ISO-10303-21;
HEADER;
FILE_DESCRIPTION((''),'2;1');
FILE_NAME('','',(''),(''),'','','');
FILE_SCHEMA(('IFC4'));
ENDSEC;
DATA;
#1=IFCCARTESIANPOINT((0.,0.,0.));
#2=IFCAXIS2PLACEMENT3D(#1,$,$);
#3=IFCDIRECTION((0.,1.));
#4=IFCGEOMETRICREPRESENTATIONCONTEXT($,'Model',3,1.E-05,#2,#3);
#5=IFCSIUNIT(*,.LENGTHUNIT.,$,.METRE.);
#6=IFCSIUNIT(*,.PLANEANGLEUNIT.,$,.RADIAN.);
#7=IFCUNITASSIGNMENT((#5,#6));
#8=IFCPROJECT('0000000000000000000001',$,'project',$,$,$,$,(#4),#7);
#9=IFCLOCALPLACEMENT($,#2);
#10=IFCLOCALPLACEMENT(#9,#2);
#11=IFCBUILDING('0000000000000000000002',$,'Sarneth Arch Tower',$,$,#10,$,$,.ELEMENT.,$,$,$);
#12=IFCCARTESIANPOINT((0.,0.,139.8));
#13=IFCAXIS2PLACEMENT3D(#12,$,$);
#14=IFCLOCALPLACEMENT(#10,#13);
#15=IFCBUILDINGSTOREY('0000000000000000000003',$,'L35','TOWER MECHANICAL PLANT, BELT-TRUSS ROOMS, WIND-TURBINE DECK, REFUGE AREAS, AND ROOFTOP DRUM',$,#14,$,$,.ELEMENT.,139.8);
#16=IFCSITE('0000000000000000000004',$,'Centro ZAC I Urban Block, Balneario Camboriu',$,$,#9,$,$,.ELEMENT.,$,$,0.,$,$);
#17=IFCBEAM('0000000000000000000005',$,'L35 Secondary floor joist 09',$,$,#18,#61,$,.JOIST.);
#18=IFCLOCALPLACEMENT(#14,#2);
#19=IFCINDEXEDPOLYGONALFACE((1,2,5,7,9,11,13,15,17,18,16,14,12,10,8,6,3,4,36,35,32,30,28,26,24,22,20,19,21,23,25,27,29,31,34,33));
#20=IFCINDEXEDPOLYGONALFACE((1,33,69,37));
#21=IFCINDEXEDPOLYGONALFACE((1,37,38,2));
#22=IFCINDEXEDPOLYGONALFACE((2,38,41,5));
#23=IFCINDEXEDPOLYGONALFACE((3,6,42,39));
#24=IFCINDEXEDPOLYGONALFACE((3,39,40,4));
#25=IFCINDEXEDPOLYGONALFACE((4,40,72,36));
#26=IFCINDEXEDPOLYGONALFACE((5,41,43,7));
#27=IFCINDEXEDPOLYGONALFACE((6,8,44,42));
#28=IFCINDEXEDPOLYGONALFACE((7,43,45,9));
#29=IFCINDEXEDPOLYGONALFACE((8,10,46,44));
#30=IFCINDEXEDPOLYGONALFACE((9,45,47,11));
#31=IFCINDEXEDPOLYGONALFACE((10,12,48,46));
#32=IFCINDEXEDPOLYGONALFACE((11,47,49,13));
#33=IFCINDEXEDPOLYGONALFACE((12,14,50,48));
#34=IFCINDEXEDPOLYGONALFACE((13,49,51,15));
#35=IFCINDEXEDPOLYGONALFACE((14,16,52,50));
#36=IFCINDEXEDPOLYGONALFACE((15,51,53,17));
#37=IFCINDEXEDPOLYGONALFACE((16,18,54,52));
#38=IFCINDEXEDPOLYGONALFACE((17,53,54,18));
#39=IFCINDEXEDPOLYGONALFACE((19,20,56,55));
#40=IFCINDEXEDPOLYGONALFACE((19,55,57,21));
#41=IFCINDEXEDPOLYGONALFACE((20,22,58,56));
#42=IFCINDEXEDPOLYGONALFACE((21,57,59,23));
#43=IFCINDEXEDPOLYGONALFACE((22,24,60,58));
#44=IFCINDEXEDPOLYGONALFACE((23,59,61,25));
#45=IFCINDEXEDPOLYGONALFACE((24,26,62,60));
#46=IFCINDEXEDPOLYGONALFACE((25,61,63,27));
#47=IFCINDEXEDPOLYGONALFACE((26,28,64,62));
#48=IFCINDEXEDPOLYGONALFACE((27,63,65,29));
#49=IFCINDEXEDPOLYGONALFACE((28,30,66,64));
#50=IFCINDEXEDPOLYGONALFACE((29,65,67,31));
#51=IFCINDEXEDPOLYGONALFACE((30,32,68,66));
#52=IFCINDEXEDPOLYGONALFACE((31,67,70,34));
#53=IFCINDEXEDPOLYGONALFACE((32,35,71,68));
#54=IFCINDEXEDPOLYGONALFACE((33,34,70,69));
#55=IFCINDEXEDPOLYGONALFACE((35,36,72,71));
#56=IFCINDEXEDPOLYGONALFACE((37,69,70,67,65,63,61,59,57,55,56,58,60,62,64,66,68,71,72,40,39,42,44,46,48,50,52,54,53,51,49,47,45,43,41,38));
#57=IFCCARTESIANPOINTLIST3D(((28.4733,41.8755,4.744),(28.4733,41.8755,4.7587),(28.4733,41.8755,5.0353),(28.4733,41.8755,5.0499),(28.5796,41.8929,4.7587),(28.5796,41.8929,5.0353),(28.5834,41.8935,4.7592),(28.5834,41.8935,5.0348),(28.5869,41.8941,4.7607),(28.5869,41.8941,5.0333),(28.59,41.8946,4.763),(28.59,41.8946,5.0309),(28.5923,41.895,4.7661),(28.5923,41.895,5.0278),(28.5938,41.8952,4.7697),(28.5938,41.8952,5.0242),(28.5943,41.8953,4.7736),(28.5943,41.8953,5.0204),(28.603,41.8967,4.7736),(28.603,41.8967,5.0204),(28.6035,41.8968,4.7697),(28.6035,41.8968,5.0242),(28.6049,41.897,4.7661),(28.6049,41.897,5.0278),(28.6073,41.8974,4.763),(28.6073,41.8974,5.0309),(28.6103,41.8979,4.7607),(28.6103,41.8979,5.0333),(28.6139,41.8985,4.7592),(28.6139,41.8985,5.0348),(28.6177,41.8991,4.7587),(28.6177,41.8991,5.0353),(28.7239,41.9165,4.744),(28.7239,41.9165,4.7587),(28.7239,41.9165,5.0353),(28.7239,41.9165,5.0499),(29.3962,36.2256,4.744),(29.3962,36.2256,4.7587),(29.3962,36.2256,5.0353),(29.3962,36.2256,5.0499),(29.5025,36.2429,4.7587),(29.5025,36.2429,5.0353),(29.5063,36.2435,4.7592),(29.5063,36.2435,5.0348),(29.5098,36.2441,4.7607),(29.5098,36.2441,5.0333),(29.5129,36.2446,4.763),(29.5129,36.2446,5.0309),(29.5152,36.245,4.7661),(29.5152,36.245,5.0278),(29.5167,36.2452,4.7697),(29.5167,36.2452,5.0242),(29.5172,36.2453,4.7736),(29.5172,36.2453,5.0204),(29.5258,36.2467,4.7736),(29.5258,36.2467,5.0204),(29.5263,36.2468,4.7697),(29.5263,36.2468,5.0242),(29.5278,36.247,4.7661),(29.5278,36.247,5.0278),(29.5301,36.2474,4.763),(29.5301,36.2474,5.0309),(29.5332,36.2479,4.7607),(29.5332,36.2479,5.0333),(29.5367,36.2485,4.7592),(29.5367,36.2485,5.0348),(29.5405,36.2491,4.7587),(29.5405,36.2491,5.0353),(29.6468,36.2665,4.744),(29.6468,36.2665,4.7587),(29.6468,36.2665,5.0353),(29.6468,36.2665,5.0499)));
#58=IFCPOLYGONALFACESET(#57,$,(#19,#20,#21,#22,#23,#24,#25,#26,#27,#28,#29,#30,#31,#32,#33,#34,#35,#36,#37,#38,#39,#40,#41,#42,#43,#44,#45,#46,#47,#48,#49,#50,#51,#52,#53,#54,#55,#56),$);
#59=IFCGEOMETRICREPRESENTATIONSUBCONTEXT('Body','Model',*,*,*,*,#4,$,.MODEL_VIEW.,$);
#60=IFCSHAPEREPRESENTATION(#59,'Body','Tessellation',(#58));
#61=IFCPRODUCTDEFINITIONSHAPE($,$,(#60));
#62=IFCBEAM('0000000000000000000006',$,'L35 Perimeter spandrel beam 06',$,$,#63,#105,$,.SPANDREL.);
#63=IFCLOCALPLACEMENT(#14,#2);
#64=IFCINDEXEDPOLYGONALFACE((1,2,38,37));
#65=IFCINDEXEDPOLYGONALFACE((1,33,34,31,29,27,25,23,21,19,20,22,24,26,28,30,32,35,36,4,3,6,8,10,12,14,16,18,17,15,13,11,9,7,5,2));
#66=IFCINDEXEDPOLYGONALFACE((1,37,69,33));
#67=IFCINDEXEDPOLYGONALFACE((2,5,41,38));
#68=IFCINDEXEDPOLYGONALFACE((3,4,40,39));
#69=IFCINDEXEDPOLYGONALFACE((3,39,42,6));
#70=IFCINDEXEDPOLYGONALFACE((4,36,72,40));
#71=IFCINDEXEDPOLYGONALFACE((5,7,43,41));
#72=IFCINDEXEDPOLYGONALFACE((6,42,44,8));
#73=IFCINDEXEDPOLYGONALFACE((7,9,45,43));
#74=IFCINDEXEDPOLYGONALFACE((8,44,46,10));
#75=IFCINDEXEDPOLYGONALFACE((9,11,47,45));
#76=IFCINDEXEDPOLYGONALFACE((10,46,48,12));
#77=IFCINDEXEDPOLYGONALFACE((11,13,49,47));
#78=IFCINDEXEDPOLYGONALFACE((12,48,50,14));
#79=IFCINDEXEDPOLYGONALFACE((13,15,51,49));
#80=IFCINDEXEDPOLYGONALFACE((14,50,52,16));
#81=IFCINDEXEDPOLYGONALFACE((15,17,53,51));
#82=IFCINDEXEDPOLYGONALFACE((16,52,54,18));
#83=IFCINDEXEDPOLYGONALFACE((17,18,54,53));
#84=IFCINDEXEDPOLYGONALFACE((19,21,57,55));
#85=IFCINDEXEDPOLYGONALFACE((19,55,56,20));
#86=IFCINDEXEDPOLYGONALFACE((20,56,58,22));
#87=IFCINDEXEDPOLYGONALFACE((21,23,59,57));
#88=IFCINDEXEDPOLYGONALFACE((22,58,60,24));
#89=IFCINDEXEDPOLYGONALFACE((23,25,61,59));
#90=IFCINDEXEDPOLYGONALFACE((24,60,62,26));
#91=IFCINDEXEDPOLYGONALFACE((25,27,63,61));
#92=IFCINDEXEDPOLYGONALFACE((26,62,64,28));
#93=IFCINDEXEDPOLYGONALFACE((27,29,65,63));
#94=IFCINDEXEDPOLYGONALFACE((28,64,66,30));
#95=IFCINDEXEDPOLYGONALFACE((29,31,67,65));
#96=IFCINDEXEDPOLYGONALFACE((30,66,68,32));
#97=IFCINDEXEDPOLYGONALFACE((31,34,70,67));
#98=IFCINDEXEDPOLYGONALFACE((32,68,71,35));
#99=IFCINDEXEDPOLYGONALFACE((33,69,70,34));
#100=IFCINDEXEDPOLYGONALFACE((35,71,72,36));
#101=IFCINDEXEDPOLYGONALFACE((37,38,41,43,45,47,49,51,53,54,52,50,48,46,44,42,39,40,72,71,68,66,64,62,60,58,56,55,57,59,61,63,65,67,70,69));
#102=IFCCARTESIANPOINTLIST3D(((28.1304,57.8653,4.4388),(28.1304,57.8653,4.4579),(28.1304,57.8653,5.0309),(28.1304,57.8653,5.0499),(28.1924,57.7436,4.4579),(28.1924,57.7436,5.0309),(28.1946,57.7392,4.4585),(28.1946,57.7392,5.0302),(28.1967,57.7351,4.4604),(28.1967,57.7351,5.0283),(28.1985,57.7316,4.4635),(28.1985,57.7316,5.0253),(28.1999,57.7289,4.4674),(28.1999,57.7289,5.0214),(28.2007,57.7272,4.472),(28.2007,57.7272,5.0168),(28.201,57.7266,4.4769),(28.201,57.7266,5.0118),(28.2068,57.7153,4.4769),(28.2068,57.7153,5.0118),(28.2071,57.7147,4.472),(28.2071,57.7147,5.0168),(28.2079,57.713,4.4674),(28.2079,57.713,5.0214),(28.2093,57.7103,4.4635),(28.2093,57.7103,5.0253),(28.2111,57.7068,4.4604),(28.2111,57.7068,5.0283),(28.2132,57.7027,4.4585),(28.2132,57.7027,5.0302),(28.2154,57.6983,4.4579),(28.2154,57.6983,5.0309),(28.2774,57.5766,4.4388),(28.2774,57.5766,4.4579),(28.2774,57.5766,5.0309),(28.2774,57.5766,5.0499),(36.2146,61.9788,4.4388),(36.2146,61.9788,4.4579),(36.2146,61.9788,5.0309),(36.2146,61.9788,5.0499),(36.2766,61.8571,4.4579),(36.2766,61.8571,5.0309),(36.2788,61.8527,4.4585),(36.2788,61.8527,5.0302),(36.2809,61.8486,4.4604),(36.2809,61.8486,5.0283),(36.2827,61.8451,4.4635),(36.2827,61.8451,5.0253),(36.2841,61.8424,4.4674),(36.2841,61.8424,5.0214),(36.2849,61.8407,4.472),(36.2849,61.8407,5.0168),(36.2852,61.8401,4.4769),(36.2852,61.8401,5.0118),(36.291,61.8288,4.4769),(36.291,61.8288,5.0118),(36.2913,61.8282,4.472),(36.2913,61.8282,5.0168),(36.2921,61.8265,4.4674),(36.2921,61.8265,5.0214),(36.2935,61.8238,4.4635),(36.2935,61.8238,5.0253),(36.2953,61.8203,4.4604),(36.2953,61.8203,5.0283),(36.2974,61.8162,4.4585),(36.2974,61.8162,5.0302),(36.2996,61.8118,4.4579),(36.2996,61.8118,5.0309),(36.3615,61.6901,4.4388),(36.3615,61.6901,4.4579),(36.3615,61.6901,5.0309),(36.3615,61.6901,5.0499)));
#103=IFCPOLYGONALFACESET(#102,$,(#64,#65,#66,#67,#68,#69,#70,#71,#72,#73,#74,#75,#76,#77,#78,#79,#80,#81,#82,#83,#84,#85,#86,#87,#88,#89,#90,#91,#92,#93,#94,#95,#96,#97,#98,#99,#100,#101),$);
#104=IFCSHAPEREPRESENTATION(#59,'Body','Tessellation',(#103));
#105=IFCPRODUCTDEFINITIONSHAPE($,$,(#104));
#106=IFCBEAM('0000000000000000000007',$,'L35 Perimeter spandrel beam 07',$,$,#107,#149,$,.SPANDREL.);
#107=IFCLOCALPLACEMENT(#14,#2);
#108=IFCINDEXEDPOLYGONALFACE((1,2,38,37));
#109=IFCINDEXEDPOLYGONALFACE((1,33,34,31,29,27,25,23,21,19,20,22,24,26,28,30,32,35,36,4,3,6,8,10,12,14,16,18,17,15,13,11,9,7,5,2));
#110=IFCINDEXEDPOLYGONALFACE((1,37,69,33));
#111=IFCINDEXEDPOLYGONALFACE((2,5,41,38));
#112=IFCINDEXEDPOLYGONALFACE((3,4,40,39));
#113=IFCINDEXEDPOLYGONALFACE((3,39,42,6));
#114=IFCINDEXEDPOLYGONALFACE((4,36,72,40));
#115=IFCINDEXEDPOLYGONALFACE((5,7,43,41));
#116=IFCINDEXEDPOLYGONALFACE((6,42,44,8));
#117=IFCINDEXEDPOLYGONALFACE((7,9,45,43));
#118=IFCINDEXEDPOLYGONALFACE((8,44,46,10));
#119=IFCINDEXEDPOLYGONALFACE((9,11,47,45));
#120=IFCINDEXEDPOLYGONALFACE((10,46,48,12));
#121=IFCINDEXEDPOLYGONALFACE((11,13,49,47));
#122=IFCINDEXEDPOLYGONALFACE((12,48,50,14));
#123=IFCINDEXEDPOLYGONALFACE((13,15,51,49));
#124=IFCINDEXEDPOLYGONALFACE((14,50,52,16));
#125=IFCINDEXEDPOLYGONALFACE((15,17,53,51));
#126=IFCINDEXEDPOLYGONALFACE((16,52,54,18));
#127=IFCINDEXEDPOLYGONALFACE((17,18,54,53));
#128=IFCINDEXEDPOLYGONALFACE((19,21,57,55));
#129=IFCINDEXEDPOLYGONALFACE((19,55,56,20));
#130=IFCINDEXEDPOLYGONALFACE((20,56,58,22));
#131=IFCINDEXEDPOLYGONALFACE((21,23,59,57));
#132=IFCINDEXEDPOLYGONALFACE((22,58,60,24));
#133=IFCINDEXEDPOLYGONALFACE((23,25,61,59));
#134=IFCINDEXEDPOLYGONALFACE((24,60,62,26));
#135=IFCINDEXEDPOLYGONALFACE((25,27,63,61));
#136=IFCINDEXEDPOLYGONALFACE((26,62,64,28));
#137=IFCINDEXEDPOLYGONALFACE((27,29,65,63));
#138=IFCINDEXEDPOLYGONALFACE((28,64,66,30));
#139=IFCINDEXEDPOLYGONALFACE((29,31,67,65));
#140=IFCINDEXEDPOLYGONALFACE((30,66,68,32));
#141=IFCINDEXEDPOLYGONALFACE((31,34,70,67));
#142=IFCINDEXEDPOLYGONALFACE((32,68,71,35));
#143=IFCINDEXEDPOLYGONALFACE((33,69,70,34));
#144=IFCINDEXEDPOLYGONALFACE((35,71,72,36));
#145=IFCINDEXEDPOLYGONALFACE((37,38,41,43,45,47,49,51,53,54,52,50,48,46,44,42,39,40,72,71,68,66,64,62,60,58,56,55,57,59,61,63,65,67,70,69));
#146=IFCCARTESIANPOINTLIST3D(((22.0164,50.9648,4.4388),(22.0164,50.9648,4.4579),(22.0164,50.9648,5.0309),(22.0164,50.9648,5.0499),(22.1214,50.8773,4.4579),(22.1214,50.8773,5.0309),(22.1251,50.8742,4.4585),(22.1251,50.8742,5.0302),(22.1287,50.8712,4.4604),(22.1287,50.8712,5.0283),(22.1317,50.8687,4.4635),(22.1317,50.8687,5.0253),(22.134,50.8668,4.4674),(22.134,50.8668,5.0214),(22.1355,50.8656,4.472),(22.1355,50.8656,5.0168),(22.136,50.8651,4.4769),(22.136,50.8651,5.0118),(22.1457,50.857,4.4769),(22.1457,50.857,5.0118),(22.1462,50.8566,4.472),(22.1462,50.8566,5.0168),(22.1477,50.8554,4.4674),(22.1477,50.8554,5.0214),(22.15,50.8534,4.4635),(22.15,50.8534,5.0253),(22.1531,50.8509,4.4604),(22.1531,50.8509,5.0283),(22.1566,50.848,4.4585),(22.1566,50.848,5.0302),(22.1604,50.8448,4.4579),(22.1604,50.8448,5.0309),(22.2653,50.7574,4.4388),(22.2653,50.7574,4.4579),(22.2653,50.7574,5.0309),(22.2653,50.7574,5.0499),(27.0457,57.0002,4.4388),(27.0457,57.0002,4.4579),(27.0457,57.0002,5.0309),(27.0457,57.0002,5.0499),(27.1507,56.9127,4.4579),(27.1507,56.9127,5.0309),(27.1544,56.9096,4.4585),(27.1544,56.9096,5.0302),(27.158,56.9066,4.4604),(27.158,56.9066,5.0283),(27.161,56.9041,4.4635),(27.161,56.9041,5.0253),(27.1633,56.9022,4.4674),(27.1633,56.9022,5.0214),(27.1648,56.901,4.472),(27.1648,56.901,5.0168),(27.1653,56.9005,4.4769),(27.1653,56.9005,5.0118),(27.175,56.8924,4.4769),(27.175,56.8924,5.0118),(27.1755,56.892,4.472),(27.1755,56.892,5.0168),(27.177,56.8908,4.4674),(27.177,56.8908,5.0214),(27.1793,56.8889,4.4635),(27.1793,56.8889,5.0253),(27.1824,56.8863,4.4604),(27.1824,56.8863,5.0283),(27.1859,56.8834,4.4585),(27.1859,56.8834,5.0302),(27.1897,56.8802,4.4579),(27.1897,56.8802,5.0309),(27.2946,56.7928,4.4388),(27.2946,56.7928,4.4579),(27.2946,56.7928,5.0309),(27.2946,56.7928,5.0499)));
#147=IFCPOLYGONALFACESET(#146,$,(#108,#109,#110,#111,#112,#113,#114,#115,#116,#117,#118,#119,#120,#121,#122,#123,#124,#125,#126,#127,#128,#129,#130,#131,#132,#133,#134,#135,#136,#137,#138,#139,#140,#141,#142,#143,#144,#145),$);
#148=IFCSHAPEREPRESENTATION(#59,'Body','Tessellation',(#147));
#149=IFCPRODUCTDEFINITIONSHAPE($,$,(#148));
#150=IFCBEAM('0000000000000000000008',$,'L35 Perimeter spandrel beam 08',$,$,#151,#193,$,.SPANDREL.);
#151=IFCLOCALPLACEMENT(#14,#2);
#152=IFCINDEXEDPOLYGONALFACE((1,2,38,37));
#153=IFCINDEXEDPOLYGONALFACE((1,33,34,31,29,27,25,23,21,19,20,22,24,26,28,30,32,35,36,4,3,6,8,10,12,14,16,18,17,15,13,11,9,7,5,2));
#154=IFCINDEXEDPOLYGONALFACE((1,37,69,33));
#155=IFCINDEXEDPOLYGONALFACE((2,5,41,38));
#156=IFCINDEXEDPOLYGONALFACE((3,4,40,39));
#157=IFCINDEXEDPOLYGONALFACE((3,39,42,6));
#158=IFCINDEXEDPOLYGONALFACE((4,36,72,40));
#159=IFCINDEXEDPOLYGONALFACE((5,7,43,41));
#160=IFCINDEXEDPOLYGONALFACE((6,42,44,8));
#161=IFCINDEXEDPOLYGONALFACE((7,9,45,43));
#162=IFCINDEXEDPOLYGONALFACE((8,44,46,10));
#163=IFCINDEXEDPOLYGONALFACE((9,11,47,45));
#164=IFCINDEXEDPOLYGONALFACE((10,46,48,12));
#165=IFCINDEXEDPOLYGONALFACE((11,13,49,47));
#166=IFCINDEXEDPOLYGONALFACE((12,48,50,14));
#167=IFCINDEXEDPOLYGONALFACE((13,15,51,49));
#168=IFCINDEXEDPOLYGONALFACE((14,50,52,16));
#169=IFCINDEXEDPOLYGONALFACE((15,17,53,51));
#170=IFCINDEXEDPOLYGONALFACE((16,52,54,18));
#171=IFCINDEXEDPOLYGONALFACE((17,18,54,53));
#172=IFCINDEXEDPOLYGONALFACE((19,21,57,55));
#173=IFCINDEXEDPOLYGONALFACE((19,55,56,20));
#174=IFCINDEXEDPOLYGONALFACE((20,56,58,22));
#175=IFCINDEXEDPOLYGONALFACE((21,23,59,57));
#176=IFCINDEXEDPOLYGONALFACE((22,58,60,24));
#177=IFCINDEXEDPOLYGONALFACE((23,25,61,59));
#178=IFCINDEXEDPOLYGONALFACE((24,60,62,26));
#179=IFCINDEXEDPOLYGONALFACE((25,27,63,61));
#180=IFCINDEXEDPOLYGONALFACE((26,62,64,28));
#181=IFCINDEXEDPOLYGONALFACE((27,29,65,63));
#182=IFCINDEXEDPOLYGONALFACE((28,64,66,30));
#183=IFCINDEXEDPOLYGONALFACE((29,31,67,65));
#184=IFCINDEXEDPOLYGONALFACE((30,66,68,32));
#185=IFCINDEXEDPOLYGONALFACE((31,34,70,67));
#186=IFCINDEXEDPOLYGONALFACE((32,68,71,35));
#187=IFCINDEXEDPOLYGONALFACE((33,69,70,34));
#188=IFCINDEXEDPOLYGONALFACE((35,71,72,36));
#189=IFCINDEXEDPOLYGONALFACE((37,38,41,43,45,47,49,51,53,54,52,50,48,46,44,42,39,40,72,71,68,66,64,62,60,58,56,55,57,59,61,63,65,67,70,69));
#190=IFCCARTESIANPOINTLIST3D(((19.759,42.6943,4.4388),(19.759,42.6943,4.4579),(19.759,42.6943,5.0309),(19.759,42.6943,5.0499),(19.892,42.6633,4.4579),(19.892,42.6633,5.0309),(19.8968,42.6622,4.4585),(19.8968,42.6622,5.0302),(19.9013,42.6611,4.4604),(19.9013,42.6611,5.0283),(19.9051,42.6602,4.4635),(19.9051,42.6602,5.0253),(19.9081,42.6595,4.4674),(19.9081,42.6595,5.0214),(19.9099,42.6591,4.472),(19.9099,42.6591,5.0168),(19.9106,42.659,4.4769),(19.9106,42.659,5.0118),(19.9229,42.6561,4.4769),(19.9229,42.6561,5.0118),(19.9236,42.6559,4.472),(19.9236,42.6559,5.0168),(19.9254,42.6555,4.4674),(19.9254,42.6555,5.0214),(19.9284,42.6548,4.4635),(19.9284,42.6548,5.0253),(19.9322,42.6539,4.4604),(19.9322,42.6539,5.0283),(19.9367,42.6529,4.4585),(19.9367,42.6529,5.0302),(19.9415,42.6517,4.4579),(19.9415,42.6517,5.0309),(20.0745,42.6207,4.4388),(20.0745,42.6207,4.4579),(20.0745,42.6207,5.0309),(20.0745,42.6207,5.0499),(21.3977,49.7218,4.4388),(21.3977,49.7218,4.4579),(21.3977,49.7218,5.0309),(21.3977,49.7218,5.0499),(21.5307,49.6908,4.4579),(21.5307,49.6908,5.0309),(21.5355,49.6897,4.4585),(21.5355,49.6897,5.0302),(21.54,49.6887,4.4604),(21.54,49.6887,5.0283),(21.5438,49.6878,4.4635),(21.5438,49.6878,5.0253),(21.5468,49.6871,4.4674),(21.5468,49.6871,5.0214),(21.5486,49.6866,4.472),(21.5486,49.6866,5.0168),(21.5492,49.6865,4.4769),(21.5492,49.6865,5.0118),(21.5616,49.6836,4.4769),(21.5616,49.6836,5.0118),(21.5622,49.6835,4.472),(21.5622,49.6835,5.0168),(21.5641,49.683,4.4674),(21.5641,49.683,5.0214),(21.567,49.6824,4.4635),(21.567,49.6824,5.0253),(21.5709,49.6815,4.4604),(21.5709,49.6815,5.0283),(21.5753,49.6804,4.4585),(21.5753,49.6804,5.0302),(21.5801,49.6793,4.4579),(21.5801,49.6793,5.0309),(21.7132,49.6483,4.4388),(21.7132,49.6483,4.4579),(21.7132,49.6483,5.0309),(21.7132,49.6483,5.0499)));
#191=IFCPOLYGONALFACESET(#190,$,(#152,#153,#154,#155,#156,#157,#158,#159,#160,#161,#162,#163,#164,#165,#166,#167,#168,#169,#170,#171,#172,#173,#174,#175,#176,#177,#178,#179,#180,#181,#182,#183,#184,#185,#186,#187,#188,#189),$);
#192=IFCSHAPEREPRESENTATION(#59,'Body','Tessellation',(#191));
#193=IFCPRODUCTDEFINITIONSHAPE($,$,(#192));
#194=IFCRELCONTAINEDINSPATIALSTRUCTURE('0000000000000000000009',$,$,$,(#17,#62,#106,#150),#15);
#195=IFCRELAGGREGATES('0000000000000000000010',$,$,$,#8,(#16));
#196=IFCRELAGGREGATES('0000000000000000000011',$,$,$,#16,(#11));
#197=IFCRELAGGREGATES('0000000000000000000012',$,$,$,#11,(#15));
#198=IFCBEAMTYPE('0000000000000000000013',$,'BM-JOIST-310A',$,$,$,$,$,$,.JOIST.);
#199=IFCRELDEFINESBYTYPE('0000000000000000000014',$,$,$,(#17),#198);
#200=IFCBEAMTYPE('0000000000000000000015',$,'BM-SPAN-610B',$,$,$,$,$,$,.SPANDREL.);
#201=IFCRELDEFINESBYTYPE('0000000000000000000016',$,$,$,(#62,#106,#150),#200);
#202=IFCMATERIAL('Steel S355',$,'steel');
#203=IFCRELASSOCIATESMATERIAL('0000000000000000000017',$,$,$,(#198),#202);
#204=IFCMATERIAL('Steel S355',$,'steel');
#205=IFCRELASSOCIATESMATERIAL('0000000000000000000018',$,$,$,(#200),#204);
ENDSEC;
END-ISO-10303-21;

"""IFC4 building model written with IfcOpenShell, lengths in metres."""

from ifc_helpers import new_model, si_unit, direction, frame, origin, origin_2d, place, context, subcontext, project, spatial, i_section, extrude, material, material_profile, profile_set, type_object, element, save


model = new_model("IFC4")

# Units and contexts
model_context = context("Model", 3, precision=1e-05, world=origin(), true_north=direction((0.0, 1.0)))
body_context = subcontext(model_context, "Body", "Model", "MODEL_VIEW")
ifc_project = project(units=[si_unit("LENGTHUNIT", "METRE"), si_unit("PLANEANGLEUNIT", "RADIAN")], contexts=[model_context])

# Site, building, storey
site_placement = place(None, origin())
site = spatial("IfcSite", under=ifc_project, at=site_placement, Name="Centro ZAC I Urban Block, Balneario Camboriu", CompositionType="ELEMENT", RefElevation=0.0)
building_placement = place(site_placement, origin())
building = spatial("IfcBuilding", under=site, at=building_placement, Name="Sarneth Arch Tower", CompositionType="ELEMENT")
storey_placement = place(building_placement, frame((0.0, 0.0, 139.8)))
storey = spatial("IfcBuildingStorey", under=building, at=storey_placement, Name="L35", Description="TOWER MECHANICAL PLANT, BELT-TRUSS ROOMS, WIND-TURBINE DECK, REFUGE AREAS, AND ROOFTOP DRUM", CompositionType="ELEMENT", Elevation=139.8)

# Beams
ifc_material_1 = material(Name="Steel S355", Category="steel")
ifc_material_profile_1 = material_profile(ifc_material_1, i_section(OverallWidth=0.2539, OverallDepth=0.3059, WebThickness=0.0088, FlangeThickness=0.0146, FilletRadius=0.0149, at=origin_2d()), Name="W310x79")
ifc_profile_set_1 = profile_set([ifc_material_profile_1], Name="Steel S355")
beam_type_1 = type_object("IfcBeamType", Name="BM-JOIST-310A", PredefinedType="JOIST", material=ifc_profile_set_1)
for number, where, z_axis, x_axis, name in (
    (1, (28.5986, 41.896, 4.897), (0.161203, -0.986921, 0.0), (0.986921, 0.161203, 0.0), "L35 Secondary floor joist 09"),
):
    element("IfcBeam", number, at=place(storey_placement, frame(where, z_axis=z_axis, x_axis=x_axis)), inside=storey, type_object=beam_type_1, Name=name, PredefinedType="JOIST", context=body_context, shape_type="SweptSolid", body=[
        extrude(i_section(OverallWidth=0.2539, OverallDepth=0.3059, WebThickness=0.0088, FlangeThickness=0.0146, FilletRadius=0.0149, at=origin_2d()), origin(), (0.0, 0.0, 1.0), 5.7249),
    ])
ifc_material_2 = material(Name="Steel S355", Category="steel")
ifc_material_profile_2 = material_profile(ifc_material_2, i_section(OverallWidth=0.324, OverallDepth=0.6111, WebThickness=0.0127, FlangeThickness=0.019, FilletRadius=0.019, at=origin_2d()), Name="W610x155")
ifc_profile_set_2 = profile_set([ifc_material_profile_2], Name="Steel S355")
beam_type_2 = type_object("IfcBeamType", Name="BM-SPAN-610B", PredefinedType="SPANDREL", material=ifc_profile_set_2)
beam_1_placement = place(storey_placement, frame((36.2881, 61.8345, 4.7444), z_axis=(-0.891256, -0.453501, 0.0), x_axis=(0.453501, -0.891256, 0.0)))
element("IfcBeam", 2, at=beam_1_placement, inside=storey, type_object=beam_type_2, Name="L35 Perimeter spandrel beam 06", PredefinedType="SPANDREL", context=body_context, shape_type="SweptSolid", body=[
    extrude(i_section(OverallWidth=0.324, OverallDepth=0.6111, WebThickness=0.0127, FlangeThickness=0.019, FilletRadius=0.019, at=origin_2d()), origin(), (0.0, 0.0, 1.0), 9.0706),
])
beam_2_placement = place(storey_placement, frame((27.1702, 56.8965, 4.7444), z_axis=(-0.640169, -0.768234, 0.0), x_axis=(0.768234, -0.640169, 0.0)))
element("IfcBeam", 3, at=beam_2_placement, inside=storey, type_object=beam_type_2, Name="L35 Perimeter spandrel beam 07", PredefinedType="SPANDREL", context=body_context, shape_type="SweptSolid", body=[
    extrude(i_section(OverallWidth=0.324, OverallDepth=0.6111, WebThickness=0.0127, FlangeThickness=0.019, FilletRadius=0.019, at=origin_2d()), origin(), (0.0, 0.0, 1.0), 7.8562),
])
beam_3_placement = place(storey_placement, frame((21.5554, 49.6851, 4.7444), z_axis=(-0.227085, -0.973875, 0.0), x_axis=(0.973875, -0.227085, 0.0)))
element("IfcBeam", 4, at=beam_3_placement, inside=storey, type_object=beam_type_2, Name="L35 Perimeter spandrel beam 08", PredefinedType="SPANDREL", context=body_context, shape_type="SweptSolid", body=[
    extrude(i_section(OverallWidth=0.324, OverallDepth=0.6111, WebThickness=0.0127, FlangeThickness=0.019, FilletRadius=0.019, at=origin_2d()), origin(), (0.0, 0.0, 1.0), 7.2161),
])

save(model, "model.ifc")
